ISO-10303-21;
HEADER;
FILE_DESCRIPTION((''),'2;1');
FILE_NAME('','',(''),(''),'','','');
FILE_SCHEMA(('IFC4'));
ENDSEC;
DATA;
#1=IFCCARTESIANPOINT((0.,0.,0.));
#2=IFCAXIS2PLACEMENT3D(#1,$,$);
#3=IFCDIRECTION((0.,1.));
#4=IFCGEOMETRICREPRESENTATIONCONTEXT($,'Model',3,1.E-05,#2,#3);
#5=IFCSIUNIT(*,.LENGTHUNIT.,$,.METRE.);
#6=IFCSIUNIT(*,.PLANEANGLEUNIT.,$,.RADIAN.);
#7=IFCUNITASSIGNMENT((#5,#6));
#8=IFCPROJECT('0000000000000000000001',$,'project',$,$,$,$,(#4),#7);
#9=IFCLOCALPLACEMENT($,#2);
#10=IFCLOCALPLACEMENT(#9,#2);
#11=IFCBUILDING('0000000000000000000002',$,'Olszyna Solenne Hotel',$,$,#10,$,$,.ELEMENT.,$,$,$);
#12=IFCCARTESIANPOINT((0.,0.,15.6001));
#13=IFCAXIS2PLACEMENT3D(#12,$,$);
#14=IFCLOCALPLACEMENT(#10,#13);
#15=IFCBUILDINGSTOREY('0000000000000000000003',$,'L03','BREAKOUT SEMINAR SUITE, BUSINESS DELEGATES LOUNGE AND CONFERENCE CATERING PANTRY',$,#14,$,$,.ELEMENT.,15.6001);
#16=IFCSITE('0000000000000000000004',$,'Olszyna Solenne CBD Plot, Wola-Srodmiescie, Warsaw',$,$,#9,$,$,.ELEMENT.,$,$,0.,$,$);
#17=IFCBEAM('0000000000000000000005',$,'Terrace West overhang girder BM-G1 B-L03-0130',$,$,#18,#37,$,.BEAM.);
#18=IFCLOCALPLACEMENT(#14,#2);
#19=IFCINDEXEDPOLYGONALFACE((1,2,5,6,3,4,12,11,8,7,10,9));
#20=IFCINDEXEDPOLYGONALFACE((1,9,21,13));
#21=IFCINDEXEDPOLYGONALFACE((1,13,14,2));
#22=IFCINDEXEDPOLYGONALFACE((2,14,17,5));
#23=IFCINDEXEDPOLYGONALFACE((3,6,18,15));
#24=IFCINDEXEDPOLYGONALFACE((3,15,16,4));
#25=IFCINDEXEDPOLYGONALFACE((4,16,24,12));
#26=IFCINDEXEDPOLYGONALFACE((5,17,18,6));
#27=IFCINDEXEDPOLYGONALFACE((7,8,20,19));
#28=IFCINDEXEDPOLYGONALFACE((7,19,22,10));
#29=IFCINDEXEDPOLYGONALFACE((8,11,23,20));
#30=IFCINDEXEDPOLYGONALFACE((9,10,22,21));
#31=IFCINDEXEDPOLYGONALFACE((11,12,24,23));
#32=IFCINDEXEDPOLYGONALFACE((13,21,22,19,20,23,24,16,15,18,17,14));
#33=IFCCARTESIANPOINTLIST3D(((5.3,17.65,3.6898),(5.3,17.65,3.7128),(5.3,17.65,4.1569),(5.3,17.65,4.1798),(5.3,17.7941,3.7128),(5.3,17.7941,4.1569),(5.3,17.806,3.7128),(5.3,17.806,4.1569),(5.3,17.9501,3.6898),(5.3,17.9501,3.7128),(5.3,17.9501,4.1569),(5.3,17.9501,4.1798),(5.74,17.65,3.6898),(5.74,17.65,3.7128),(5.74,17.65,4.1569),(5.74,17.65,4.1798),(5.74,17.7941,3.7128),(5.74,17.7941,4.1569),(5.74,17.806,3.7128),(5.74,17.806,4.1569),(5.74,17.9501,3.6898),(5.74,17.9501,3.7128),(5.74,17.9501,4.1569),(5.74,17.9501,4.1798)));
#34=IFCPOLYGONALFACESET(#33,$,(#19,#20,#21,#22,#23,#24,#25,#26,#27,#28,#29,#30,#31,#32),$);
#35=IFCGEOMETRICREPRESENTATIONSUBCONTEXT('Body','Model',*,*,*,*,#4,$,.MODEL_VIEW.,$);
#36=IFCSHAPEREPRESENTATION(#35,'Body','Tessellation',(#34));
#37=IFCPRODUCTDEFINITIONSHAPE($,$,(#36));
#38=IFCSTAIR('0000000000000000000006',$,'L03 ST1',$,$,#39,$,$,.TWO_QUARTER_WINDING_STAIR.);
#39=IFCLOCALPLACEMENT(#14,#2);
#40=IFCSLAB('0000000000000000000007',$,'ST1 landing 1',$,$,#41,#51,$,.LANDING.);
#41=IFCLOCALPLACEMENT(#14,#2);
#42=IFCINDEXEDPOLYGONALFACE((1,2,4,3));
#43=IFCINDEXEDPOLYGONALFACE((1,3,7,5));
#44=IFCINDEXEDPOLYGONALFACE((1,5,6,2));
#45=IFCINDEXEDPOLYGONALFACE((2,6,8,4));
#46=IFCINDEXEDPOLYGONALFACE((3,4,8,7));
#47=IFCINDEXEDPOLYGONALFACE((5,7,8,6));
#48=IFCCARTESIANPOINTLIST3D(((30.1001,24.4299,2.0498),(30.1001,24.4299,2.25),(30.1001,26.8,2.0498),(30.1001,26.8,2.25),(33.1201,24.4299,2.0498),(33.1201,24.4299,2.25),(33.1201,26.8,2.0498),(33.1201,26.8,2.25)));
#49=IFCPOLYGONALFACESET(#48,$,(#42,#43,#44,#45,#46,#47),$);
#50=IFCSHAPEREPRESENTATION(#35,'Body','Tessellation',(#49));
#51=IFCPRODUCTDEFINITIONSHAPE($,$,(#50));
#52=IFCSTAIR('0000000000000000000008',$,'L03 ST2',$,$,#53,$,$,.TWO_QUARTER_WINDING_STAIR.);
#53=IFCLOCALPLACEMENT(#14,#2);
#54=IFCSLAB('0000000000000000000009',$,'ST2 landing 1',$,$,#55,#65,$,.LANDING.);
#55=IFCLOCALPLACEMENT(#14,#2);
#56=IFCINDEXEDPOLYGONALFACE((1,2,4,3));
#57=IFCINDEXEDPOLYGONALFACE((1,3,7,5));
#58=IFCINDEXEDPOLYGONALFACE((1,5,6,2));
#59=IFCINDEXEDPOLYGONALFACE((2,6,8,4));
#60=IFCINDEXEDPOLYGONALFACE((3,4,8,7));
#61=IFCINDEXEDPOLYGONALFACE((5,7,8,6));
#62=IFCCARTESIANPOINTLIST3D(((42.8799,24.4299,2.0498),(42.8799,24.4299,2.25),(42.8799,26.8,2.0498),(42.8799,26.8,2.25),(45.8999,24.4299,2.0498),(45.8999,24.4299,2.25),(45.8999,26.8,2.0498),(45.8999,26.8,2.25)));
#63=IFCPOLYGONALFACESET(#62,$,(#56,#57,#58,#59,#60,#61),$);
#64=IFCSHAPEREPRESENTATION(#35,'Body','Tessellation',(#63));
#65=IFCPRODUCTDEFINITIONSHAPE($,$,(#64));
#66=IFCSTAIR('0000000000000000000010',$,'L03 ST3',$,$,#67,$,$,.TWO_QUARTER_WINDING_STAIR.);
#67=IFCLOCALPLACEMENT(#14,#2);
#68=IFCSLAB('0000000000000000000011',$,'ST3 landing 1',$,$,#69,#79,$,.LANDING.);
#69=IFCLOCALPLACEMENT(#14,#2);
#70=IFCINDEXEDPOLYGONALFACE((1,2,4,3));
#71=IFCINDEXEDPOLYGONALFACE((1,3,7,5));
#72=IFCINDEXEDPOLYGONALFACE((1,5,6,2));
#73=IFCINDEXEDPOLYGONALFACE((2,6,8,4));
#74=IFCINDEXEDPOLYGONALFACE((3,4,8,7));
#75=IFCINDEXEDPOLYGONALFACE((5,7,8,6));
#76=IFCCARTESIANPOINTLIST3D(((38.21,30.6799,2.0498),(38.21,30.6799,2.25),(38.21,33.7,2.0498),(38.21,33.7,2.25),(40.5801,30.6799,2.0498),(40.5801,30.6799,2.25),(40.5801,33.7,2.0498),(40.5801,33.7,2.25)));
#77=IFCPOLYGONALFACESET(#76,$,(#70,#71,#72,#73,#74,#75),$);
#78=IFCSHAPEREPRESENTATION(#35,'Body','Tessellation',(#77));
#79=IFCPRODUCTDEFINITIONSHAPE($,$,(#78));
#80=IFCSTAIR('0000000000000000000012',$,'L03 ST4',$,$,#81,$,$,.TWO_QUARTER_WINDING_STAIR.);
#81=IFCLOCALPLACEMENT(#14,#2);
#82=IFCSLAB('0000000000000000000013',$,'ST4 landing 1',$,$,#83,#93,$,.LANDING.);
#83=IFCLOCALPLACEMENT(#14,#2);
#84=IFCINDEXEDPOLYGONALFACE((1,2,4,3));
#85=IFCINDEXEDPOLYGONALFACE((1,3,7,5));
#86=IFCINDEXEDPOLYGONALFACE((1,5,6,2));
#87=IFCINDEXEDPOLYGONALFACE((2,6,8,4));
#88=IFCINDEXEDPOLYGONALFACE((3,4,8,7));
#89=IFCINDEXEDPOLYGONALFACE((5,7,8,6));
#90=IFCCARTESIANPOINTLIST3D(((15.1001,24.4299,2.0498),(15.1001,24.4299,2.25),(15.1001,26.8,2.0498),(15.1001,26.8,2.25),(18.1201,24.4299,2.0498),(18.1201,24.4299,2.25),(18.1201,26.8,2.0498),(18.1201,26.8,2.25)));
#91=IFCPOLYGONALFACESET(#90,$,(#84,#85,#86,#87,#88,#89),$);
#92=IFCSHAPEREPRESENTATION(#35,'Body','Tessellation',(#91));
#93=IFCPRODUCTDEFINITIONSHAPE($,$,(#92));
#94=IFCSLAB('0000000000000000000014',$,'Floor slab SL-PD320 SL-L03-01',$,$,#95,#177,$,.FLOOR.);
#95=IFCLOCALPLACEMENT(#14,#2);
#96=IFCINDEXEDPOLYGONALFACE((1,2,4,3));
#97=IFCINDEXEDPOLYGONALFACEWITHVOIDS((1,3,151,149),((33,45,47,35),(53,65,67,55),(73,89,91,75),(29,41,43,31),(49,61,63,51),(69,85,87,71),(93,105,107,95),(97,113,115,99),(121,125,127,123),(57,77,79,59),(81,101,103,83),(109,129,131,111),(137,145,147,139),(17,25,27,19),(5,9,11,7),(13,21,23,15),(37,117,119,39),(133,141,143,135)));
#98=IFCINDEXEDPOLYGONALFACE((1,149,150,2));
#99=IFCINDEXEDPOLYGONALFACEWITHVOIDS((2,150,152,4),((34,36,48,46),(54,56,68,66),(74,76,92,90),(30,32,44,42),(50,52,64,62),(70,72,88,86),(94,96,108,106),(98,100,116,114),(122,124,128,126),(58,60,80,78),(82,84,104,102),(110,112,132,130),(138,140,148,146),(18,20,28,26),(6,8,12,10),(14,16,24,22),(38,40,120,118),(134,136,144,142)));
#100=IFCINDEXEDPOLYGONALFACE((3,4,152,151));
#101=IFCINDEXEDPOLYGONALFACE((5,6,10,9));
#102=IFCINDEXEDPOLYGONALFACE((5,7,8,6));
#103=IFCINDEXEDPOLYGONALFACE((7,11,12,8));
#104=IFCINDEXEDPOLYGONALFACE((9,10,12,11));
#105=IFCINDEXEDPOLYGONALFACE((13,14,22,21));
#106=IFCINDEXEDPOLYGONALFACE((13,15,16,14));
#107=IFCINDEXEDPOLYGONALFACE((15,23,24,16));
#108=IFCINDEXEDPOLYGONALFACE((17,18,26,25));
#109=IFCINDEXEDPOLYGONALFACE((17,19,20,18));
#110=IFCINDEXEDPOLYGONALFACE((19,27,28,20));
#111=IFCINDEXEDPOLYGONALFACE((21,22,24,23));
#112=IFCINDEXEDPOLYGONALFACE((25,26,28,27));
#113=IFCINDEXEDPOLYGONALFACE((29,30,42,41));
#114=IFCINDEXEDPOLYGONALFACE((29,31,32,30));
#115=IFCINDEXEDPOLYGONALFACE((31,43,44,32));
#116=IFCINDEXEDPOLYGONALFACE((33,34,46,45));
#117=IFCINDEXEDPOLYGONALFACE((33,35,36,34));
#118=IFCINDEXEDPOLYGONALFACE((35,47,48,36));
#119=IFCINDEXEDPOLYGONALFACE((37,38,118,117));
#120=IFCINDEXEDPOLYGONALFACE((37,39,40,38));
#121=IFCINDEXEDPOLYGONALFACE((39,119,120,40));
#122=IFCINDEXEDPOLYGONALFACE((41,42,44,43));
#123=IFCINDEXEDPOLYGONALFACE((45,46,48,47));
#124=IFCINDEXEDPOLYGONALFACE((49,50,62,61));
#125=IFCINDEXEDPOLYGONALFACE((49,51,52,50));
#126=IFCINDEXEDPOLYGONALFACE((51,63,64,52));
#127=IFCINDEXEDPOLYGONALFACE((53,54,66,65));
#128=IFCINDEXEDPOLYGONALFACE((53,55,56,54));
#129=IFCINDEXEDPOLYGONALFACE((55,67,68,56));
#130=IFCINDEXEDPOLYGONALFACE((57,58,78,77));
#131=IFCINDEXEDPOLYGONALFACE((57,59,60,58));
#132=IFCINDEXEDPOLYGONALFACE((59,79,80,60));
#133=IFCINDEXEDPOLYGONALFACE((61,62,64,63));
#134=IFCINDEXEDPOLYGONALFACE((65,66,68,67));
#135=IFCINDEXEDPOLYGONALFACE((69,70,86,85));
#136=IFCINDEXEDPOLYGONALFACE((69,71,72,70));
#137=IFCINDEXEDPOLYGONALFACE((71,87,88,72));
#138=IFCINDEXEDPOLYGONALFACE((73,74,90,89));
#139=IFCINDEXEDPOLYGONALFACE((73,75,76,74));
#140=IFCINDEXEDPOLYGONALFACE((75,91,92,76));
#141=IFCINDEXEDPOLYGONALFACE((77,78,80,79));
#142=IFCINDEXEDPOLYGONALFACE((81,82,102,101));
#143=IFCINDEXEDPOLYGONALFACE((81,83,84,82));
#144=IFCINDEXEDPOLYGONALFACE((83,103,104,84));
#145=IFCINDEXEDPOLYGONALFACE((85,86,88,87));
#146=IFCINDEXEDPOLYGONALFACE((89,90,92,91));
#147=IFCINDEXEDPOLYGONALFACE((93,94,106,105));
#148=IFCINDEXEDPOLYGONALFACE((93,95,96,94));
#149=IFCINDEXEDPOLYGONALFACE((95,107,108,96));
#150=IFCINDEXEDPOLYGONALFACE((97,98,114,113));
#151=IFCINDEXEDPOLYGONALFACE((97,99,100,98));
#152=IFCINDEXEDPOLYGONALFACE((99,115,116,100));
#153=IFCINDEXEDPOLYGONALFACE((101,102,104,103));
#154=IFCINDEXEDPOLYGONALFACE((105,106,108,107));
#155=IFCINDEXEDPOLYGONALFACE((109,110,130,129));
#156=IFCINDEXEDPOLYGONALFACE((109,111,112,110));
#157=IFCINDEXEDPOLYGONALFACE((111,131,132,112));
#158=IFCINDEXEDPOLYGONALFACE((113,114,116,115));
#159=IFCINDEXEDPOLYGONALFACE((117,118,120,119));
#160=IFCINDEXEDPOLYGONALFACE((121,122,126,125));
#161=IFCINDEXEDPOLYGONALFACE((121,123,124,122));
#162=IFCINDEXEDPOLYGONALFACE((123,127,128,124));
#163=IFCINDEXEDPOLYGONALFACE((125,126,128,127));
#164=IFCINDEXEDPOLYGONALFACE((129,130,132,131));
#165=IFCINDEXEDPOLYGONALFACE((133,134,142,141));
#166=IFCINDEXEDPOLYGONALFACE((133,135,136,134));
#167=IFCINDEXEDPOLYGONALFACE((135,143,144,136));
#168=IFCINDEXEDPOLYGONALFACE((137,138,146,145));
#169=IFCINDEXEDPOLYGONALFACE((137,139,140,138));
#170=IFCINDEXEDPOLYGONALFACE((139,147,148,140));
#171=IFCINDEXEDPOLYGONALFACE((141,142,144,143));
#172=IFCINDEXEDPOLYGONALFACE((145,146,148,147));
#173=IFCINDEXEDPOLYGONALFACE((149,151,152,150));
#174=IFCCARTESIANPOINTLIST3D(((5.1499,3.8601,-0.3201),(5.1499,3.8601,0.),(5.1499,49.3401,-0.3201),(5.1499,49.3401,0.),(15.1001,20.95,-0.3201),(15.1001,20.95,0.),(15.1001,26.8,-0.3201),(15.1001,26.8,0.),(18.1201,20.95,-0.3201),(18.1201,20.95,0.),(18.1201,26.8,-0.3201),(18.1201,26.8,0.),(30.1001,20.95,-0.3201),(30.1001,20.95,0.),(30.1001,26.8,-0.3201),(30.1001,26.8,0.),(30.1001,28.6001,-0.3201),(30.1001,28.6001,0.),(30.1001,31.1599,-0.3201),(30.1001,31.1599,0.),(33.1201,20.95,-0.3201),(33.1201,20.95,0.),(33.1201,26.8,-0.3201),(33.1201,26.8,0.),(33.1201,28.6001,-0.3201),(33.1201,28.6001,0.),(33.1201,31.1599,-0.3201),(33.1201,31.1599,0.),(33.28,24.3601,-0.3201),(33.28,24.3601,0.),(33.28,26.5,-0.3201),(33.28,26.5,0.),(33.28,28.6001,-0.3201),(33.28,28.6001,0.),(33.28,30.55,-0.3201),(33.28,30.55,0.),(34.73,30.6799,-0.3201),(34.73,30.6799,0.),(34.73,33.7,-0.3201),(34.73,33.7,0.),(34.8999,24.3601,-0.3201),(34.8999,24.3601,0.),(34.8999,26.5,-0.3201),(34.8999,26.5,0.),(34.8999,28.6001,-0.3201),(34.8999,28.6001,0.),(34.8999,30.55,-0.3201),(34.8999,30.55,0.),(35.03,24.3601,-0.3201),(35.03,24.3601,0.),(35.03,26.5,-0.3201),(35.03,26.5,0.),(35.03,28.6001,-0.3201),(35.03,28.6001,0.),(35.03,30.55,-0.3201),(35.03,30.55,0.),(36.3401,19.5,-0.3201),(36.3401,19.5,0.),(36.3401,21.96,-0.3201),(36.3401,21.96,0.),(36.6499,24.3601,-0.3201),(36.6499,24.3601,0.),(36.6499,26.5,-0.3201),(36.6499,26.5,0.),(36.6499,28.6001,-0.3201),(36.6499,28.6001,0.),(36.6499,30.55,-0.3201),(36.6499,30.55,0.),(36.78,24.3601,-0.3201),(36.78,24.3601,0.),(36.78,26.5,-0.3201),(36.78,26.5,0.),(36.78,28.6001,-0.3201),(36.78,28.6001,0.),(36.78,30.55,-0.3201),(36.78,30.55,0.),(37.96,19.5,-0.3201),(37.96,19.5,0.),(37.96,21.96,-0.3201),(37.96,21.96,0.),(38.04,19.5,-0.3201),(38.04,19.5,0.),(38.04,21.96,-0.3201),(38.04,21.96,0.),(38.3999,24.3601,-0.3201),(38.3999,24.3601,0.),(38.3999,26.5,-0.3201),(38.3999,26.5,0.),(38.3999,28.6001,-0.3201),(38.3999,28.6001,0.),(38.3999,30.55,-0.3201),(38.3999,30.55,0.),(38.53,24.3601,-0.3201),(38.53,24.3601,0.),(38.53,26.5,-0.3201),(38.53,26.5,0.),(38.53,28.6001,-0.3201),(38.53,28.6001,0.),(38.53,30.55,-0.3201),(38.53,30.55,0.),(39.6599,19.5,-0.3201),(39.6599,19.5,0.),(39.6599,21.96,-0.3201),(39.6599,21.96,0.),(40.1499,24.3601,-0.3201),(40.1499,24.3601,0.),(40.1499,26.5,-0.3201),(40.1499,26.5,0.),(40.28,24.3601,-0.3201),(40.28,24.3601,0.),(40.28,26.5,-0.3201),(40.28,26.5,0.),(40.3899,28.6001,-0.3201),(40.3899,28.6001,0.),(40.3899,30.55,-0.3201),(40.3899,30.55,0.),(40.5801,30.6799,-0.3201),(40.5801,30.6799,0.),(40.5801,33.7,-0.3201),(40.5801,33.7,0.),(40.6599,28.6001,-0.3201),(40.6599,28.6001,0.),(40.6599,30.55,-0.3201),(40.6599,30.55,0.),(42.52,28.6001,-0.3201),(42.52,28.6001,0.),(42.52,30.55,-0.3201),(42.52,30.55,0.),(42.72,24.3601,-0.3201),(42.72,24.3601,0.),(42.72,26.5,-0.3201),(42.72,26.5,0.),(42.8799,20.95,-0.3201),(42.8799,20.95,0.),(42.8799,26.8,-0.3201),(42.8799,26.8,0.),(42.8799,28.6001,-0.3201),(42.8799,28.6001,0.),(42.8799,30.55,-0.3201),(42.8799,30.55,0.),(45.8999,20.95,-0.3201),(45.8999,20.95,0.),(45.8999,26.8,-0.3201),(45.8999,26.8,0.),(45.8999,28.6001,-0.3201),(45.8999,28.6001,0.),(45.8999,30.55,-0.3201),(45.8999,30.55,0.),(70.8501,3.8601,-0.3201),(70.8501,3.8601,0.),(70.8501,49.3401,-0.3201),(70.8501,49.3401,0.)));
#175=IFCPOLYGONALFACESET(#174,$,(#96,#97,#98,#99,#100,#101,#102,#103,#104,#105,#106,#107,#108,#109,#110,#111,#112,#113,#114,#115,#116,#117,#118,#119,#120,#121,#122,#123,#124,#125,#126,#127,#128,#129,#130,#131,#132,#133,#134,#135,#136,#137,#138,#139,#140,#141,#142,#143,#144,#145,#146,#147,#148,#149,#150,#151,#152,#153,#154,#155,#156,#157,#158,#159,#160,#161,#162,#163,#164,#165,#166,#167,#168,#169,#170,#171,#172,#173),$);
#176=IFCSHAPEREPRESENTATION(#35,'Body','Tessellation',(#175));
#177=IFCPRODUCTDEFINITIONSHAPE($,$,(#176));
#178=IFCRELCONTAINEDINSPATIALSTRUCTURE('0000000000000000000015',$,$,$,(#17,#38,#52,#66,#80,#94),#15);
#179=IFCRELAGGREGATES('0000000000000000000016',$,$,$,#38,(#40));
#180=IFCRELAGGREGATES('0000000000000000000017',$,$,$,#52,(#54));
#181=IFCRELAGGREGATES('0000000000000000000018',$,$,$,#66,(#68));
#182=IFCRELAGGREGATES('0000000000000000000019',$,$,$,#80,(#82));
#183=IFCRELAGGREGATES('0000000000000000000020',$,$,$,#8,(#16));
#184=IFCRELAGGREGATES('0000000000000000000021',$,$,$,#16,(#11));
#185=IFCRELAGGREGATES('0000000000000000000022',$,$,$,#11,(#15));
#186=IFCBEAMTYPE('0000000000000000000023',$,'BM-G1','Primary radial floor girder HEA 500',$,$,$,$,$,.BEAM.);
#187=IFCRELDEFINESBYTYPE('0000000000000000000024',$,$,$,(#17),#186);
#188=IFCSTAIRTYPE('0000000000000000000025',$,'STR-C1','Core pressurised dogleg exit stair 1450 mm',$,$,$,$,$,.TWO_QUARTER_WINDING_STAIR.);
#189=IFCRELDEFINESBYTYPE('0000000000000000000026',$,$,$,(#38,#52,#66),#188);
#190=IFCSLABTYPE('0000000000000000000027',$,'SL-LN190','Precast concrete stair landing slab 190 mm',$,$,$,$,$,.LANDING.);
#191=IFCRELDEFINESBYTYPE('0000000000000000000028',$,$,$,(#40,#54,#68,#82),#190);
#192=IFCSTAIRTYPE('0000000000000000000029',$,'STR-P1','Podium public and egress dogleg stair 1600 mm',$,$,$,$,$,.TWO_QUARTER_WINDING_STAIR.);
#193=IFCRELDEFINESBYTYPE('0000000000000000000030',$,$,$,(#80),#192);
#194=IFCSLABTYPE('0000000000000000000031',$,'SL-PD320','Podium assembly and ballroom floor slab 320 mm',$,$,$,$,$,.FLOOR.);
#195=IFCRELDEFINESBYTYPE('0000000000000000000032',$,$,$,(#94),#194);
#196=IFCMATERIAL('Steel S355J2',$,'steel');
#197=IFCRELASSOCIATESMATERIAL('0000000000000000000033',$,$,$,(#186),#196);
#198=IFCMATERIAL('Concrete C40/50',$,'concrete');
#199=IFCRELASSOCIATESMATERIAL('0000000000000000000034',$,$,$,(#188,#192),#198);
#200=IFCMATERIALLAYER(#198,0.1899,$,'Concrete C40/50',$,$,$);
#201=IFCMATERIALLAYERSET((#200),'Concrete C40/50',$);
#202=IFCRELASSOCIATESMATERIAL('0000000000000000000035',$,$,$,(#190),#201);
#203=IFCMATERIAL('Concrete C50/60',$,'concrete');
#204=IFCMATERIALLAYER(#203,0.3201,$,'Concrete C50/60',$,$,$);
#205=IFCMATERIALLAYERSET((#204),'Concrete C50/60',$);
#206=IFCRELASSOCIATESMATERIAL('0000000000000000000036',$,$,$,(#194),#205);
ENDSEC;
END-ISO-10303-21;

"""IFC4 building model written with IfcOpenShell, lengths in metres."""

from ifc_helpers import new_model, si_unit, direction, frame, origin, origin_2d, place, context, subcontext, project, spatial, polyline, i_section, outline, extrude, source, transform, mapped, material, layer, layer_set, material_profile, profile_set, type_object, element, aggregate, save


model = new_model("IFC4")

# Units and contexts
model_context = context("Model", 3, precision=1e-05, world=origin(), true_north=direction((0.0, 1.0)))
body_context = subcontext(model_context, "Body", "Model", "MODEL_VIEW")
ifc_project = project(units=[si_unit("LENGTHUNIT", "METRE"), si_unit("PLANEANGLEUNIT", "RADIAN")], contexts=[model_context])

# Site, building, storey
site_placement = place(None, origin())
site = spatial("IfcSite", under=ifc_project, at=site_placement, Name="Olszyna Solenne CBD Plot, Wola-Srodmiescie, Warsaw", CompositionType="ELEMENT", RefElevation=0.0)
building_placement = place(site_placement, origin())
building = spatial("IfcBuilding", under=site, at=building_placement, Name="Olszyna Solenne Hotel", CompositionType="ELEMENT")
storey_placement = place(building_placement, frame((0.0, 0.0, 15.6001)))
storey = spatial("IfcBuildingStorey", under=building, at=storey_placement, Name="L03", Description="BREAKOUT SEMINAR SUITE, BUSINESS DELEGATES LOUNGE AND CONFERENCE CATERING PANTRY", CompositionType="ELEMENT", Elevation=15.6001)

# Shared definitions
ifc_material_1 = material(Name="Concrete C50/60", Category="concrete")

# Beam
ifc_material_2 = material(Name="Steel S355J2", Category="steel")
ifc_material_profile_1 = material_profile(ifc_material_2, i_section(OverallWidth=0.3, OverallDepth=0.49, WebThickness=0.012, FlangeThickness=0.0229, at=origin_2d()), Name="HEA 500", Category="load-bearing")
ifc_profile_set_1 = profile_set([ifc_material_profile_1], Name="Steel S355J2")
beam_type_1 = type_object("IfcBeamType", Name="BM-G1", Description="Primary radial floor girder HEA 500", PredefinedType="BEAM", material=ifc_profile_set_1)
shared_shape_1 = source(origin(), body_context, "Body", "SweptSolid", [
    extrude(i_section(OverallWidth=0.3, OverallDepth=0.49, WebThickness=0.012, FlangeThickness=0.0229, at=origin_2d()), origin(), (0.0, 0.0, 1.0), 0.4399),
])
for number, where, z_axis, x_axis, name in (
    (1, (5.3, 17.8, 3.9348), (1.0, 0.0, 0.0), (0.0, 1.0, 0.0), "Terrace West overhang girder BM-G1 B-L03-0130"),
):
    element("IfcBeam", number, at=place(storey_placement, frame(where, z_axis=z_axis, x_axis=x_axis)), inside=storey, type_object=beam_type_1, Name=name, PredefinedType="BEAM", context=body_context, shape_type="MappedRepresentation", body=[
        mapped(shared_shape_1, transform((0.0, 0.0, 0.0), x_axis=(1.0, 0.0, 0.0), y_axis=(0.0, 1.0, 0.0), z_axis=(0.0, 0.0, 1.0), scale=1.0)),
    ])

# Stairs, slabs
ifc_material_3 = material(Name="Concrete C40/50", Category="concrete")
stair_type_1 = type_object("IfcStairType", Name="STR-C1", Description="Core pressurised dogleg exit stair 1450 mm", PredefinedType="TWO_QUARTER_WINDING_STAIR", material=ifc_material_3)
stair_1_placement = place(storey_placement, origin())
stair_1 = element("IfcStair", 2, at=stair_1_placement, inside=storey, type_object=stair_type_1, Name="L03 ST1", PredefinedType="TWO_QUARTER_WINDING_STAIR")
ifc_layer_1 = layer(ifc_material_3, 0.1899, Name="Concrete C40/50")
ifc_layer_set_1 = layer_set([ifc_layer_1], Name="Concrete C40/50")
slab_type_1 = type_object("IfcSlabType", Name="SL-LN190", Description="Precast concrete stair landing slab 190 mm", PredefinedType="LANDING", material=ifc_layer_set_1)
slab_1_placement = place(storey_placement, frame((0.0, 0.0, 2.0498)))
slab_1 = element("IfcSlab", 3, at=slab_1_placement, type_object=slab_type_1, Name="ST1 landing 1", PredefinedType="LANDING", context=body_context, shape_type="SweptSolid", body=[
    extrude(outline(polyline([(33.1201, 24.4299), (33.1201, 26.8), (30.1001, 26.8), (30.1001, 24.4299), (33.1201, 24.4299)])), origin(), (0.0, 0.0, 1.0), 0.2002),
])
aggregate(stair_1, [slab_1])
stair_2_placement = place(storey_placement, origin())
stair_2 = element("IfcStair", 4, at=stair_2_placement, inside=storey, type_object=stair_type_1, Name="L03 ST2", PredefinedType="TWO_QUARTER_WINDING_STAIR")
slab_2_placement = place(storey_placement, frame((0.0, 0.0, 2.0498)))
slab_2 = element("IfcSlab", 5, at=slab_2_placement, type_object=slab_type_1, Name="ST2 landing 1", PredefinedType="LANDING", context=body_context, shape_type="SweptSolid", body=[
    extrude(outline(polyline([(45.8999, 24.4299), (45.8999, 26.8), (42.8799, 26.8), (42.8799, 24.4299), (45.8999, 24.4299)])), origin(), (0.0, 0.0, 1.0), 0.2002),
])
aggregate(stair_2, [slab_2])
stair_3_placement = place(storey_placement, origin())
stair_3 = element("IfcStair", 6, at=stair_3_placement, inside=storey, type_object=stair_type_1, Name="L03 ST3", PredefinedType="TWO_QUARTER_WINDING_STAIR")
slab_3_placement = place(storey_placement, frame((0.0, 0.0, 2.0498)))
slab_3 = element("IfcSlab", 7, at=slab_3_placement, type_object=slab_type_1, Name="ST3 landing 1", PredefinedType="LANDING", context=body_context, shape_type="SweptSolid", body=[
    extrude(outline(polyline([(38.21, 30.6799), (40.5801, 30.6799), (40.5801, 33.7), (38.21, 33.7), (38.21, 30.6799)])), origin(), (0.0, 0.0, 1.0), 0.2002),
])
aggregate(stair_3, [slab_3])
stair_type_2 = type_object("IfcStairType", Name="STR-P1", Description="Podium public and egress dogleg stair 1600 mm", PredefinedType="TWO_QUARTER_WINDING_STAIR", material=ifc_material_3)
stair_4_placement = place(storey_placement, origin())
stair_4 = element("IfcStair", 8, at=stair_4_placement, inside=storey, type_object=stair_type_2, Name="L03 ST4", PredefinedType="TWO_QUARTER_WINDING_STAIR")
slab_4_placement = place(storey_placement, frame((0.0, 0.0, 2.0498)))
slab_4 = element("IfcSlab", 9, at=slab_4_placement, type_object=slab_type_1, Name="ST4 landing 1", PredefinedType="LANDING", context=body_context, shape_type="SweptSolid", body=[
    extrude(outline(polyline([(18.1201, 24.4299), (18.1201, 26.8), (15.1001, 26.8), (15.1001, 24.4299), (18.1201, 24.4299)])), origin(), (0.0, 0.0, 1.0), 0.2002),
])
aggregate(stair_4, [slab_4])

# Slab
ifc_layer_2 = layer(ifc_material_1, 0.3201, Name="Concrete C50/60")
ifc_layer_set_2 = layer_set([ifc_layer_2], Name="Concrete C50/60")
slab_type_2 = type_object("IfcSlabType", Name="SL-PD320", Description="Podium assembly and ballroom floor slab 320 mm", PredefinedType="FLOOR", material=ifc_layer_set_2)
slab_5_placement = place(storey_placement, frame((0.0, 0.0, -0.3201)))
element("IfcSlab", 10, at=slab_5_placement, inside=storey, type_object=slab_type_2, Name="Floor slab SL-PD320 SL-L03-01", PredefinedType="FLOOR", context=body_context, shape_type="SweptSolid", body=[
    extrude(outline(polyline([(5.1499, 3.8601), (70.8501, 3.8601), (70.8501, 49.3401), (5.1499, 49.3401), (5.1499, 3.8601)]), holes=[polyline([(30.1001, 20.95), (33.1201, 20.95), (33.1201, 26.8), (30.1001, 26.8), (30.1001, 20.95)]), polyline([(42.8799, 20.95), (45.8999, 20.95), (45.8999, 26.8), (42.8799, 26.8), (42.8799, 20.95)]), polyline([(34.73, 30.6799), (40.5801, 30.6799), (40.5801, 33.7), (34.73, 33.7), (34.73, 30.6799)]), polyline([(15.1001, 20.95), (18.1201, 20.95), (18.1201, 26.8), (15.1001, 26.8), (15.1001, 20.95)]), polyline([(36.3401, 19.5), (37.96, 19.5), (37.96, 21.96), (36.3401, 21.96), (36.3401, 19.5)]), polyline([(38.04, 19.5), (39.6599, 19.5), (39.6599, 21.96), (38.04, 21.96), (38.04, 19.5)]), polyline([(30.1001, 28.6001), (33.1201, 28.6001), (33.1201, 31.1599), (30.1001, 31.1599), (30.1001, 28.6001)]), polyline([(33.28, 24.3601), (34.8999, 24.3601), (34.8999, 26.5), (33.28, 26.5), (33.28, 24.3601)]), polyline([(35.03, 24.3601), (36.6499, 24.3601), (36.6499, 26.5), (35.03, 26.5), (35.03, 24.3601)]), polyline([(36.78, 24.3601), (38.3999, 24.3601), (38.3999, 26.5), (36.78, 26.5), (36.78, 24.3601)]), polyline([(38.53, 24.3601), (40.1499, 24.3601), (40.1499, 26.5), (38.53, 26.5), (38.53, 24.3601)]), polyline([(40.28, 24.3601), (42.72, 24.3601), (42.72, 26.5), (40.28, 26.5), (40.28, 24.3601)]), polyline([(33.28, 28.6001), (34.8999, 28.6001), (34.8999, 30.55), (33.28, 30.55), (33.28, 28.6001)]), polyline([(35.03, 28.6001), (36.6499, 28.6001), (36.6499, 30.55), (35.03, 30.55), (35.03, 28.6001)]), polyline([(36.78, 28.6001), (38.3999, 28.6001), (38.3999, 30.55), (36.78, 30.55), (36.78, 28.6001)]), polyline([(38.53, 28.6001), (40.3899, 28.6001), (40.3899, 30.55), (38.53, 30.55), (38.53, 28.6001)]), polyline([(40.6599, 28.6001), (42.52, 28.6001), (42.52, 30.55), (40.6599, 30.55), (40.6599, 28.6001)]), polyline([(42.8799, 28.6001), (45.8999, 28.6001), (45.8999, 30.55), (42.8799, 30.55), (42.8799, 28.6001)])]), origin(), (0.0, 0.0, 1.0), 0.3201),
])

save(model, "model.ifc")
